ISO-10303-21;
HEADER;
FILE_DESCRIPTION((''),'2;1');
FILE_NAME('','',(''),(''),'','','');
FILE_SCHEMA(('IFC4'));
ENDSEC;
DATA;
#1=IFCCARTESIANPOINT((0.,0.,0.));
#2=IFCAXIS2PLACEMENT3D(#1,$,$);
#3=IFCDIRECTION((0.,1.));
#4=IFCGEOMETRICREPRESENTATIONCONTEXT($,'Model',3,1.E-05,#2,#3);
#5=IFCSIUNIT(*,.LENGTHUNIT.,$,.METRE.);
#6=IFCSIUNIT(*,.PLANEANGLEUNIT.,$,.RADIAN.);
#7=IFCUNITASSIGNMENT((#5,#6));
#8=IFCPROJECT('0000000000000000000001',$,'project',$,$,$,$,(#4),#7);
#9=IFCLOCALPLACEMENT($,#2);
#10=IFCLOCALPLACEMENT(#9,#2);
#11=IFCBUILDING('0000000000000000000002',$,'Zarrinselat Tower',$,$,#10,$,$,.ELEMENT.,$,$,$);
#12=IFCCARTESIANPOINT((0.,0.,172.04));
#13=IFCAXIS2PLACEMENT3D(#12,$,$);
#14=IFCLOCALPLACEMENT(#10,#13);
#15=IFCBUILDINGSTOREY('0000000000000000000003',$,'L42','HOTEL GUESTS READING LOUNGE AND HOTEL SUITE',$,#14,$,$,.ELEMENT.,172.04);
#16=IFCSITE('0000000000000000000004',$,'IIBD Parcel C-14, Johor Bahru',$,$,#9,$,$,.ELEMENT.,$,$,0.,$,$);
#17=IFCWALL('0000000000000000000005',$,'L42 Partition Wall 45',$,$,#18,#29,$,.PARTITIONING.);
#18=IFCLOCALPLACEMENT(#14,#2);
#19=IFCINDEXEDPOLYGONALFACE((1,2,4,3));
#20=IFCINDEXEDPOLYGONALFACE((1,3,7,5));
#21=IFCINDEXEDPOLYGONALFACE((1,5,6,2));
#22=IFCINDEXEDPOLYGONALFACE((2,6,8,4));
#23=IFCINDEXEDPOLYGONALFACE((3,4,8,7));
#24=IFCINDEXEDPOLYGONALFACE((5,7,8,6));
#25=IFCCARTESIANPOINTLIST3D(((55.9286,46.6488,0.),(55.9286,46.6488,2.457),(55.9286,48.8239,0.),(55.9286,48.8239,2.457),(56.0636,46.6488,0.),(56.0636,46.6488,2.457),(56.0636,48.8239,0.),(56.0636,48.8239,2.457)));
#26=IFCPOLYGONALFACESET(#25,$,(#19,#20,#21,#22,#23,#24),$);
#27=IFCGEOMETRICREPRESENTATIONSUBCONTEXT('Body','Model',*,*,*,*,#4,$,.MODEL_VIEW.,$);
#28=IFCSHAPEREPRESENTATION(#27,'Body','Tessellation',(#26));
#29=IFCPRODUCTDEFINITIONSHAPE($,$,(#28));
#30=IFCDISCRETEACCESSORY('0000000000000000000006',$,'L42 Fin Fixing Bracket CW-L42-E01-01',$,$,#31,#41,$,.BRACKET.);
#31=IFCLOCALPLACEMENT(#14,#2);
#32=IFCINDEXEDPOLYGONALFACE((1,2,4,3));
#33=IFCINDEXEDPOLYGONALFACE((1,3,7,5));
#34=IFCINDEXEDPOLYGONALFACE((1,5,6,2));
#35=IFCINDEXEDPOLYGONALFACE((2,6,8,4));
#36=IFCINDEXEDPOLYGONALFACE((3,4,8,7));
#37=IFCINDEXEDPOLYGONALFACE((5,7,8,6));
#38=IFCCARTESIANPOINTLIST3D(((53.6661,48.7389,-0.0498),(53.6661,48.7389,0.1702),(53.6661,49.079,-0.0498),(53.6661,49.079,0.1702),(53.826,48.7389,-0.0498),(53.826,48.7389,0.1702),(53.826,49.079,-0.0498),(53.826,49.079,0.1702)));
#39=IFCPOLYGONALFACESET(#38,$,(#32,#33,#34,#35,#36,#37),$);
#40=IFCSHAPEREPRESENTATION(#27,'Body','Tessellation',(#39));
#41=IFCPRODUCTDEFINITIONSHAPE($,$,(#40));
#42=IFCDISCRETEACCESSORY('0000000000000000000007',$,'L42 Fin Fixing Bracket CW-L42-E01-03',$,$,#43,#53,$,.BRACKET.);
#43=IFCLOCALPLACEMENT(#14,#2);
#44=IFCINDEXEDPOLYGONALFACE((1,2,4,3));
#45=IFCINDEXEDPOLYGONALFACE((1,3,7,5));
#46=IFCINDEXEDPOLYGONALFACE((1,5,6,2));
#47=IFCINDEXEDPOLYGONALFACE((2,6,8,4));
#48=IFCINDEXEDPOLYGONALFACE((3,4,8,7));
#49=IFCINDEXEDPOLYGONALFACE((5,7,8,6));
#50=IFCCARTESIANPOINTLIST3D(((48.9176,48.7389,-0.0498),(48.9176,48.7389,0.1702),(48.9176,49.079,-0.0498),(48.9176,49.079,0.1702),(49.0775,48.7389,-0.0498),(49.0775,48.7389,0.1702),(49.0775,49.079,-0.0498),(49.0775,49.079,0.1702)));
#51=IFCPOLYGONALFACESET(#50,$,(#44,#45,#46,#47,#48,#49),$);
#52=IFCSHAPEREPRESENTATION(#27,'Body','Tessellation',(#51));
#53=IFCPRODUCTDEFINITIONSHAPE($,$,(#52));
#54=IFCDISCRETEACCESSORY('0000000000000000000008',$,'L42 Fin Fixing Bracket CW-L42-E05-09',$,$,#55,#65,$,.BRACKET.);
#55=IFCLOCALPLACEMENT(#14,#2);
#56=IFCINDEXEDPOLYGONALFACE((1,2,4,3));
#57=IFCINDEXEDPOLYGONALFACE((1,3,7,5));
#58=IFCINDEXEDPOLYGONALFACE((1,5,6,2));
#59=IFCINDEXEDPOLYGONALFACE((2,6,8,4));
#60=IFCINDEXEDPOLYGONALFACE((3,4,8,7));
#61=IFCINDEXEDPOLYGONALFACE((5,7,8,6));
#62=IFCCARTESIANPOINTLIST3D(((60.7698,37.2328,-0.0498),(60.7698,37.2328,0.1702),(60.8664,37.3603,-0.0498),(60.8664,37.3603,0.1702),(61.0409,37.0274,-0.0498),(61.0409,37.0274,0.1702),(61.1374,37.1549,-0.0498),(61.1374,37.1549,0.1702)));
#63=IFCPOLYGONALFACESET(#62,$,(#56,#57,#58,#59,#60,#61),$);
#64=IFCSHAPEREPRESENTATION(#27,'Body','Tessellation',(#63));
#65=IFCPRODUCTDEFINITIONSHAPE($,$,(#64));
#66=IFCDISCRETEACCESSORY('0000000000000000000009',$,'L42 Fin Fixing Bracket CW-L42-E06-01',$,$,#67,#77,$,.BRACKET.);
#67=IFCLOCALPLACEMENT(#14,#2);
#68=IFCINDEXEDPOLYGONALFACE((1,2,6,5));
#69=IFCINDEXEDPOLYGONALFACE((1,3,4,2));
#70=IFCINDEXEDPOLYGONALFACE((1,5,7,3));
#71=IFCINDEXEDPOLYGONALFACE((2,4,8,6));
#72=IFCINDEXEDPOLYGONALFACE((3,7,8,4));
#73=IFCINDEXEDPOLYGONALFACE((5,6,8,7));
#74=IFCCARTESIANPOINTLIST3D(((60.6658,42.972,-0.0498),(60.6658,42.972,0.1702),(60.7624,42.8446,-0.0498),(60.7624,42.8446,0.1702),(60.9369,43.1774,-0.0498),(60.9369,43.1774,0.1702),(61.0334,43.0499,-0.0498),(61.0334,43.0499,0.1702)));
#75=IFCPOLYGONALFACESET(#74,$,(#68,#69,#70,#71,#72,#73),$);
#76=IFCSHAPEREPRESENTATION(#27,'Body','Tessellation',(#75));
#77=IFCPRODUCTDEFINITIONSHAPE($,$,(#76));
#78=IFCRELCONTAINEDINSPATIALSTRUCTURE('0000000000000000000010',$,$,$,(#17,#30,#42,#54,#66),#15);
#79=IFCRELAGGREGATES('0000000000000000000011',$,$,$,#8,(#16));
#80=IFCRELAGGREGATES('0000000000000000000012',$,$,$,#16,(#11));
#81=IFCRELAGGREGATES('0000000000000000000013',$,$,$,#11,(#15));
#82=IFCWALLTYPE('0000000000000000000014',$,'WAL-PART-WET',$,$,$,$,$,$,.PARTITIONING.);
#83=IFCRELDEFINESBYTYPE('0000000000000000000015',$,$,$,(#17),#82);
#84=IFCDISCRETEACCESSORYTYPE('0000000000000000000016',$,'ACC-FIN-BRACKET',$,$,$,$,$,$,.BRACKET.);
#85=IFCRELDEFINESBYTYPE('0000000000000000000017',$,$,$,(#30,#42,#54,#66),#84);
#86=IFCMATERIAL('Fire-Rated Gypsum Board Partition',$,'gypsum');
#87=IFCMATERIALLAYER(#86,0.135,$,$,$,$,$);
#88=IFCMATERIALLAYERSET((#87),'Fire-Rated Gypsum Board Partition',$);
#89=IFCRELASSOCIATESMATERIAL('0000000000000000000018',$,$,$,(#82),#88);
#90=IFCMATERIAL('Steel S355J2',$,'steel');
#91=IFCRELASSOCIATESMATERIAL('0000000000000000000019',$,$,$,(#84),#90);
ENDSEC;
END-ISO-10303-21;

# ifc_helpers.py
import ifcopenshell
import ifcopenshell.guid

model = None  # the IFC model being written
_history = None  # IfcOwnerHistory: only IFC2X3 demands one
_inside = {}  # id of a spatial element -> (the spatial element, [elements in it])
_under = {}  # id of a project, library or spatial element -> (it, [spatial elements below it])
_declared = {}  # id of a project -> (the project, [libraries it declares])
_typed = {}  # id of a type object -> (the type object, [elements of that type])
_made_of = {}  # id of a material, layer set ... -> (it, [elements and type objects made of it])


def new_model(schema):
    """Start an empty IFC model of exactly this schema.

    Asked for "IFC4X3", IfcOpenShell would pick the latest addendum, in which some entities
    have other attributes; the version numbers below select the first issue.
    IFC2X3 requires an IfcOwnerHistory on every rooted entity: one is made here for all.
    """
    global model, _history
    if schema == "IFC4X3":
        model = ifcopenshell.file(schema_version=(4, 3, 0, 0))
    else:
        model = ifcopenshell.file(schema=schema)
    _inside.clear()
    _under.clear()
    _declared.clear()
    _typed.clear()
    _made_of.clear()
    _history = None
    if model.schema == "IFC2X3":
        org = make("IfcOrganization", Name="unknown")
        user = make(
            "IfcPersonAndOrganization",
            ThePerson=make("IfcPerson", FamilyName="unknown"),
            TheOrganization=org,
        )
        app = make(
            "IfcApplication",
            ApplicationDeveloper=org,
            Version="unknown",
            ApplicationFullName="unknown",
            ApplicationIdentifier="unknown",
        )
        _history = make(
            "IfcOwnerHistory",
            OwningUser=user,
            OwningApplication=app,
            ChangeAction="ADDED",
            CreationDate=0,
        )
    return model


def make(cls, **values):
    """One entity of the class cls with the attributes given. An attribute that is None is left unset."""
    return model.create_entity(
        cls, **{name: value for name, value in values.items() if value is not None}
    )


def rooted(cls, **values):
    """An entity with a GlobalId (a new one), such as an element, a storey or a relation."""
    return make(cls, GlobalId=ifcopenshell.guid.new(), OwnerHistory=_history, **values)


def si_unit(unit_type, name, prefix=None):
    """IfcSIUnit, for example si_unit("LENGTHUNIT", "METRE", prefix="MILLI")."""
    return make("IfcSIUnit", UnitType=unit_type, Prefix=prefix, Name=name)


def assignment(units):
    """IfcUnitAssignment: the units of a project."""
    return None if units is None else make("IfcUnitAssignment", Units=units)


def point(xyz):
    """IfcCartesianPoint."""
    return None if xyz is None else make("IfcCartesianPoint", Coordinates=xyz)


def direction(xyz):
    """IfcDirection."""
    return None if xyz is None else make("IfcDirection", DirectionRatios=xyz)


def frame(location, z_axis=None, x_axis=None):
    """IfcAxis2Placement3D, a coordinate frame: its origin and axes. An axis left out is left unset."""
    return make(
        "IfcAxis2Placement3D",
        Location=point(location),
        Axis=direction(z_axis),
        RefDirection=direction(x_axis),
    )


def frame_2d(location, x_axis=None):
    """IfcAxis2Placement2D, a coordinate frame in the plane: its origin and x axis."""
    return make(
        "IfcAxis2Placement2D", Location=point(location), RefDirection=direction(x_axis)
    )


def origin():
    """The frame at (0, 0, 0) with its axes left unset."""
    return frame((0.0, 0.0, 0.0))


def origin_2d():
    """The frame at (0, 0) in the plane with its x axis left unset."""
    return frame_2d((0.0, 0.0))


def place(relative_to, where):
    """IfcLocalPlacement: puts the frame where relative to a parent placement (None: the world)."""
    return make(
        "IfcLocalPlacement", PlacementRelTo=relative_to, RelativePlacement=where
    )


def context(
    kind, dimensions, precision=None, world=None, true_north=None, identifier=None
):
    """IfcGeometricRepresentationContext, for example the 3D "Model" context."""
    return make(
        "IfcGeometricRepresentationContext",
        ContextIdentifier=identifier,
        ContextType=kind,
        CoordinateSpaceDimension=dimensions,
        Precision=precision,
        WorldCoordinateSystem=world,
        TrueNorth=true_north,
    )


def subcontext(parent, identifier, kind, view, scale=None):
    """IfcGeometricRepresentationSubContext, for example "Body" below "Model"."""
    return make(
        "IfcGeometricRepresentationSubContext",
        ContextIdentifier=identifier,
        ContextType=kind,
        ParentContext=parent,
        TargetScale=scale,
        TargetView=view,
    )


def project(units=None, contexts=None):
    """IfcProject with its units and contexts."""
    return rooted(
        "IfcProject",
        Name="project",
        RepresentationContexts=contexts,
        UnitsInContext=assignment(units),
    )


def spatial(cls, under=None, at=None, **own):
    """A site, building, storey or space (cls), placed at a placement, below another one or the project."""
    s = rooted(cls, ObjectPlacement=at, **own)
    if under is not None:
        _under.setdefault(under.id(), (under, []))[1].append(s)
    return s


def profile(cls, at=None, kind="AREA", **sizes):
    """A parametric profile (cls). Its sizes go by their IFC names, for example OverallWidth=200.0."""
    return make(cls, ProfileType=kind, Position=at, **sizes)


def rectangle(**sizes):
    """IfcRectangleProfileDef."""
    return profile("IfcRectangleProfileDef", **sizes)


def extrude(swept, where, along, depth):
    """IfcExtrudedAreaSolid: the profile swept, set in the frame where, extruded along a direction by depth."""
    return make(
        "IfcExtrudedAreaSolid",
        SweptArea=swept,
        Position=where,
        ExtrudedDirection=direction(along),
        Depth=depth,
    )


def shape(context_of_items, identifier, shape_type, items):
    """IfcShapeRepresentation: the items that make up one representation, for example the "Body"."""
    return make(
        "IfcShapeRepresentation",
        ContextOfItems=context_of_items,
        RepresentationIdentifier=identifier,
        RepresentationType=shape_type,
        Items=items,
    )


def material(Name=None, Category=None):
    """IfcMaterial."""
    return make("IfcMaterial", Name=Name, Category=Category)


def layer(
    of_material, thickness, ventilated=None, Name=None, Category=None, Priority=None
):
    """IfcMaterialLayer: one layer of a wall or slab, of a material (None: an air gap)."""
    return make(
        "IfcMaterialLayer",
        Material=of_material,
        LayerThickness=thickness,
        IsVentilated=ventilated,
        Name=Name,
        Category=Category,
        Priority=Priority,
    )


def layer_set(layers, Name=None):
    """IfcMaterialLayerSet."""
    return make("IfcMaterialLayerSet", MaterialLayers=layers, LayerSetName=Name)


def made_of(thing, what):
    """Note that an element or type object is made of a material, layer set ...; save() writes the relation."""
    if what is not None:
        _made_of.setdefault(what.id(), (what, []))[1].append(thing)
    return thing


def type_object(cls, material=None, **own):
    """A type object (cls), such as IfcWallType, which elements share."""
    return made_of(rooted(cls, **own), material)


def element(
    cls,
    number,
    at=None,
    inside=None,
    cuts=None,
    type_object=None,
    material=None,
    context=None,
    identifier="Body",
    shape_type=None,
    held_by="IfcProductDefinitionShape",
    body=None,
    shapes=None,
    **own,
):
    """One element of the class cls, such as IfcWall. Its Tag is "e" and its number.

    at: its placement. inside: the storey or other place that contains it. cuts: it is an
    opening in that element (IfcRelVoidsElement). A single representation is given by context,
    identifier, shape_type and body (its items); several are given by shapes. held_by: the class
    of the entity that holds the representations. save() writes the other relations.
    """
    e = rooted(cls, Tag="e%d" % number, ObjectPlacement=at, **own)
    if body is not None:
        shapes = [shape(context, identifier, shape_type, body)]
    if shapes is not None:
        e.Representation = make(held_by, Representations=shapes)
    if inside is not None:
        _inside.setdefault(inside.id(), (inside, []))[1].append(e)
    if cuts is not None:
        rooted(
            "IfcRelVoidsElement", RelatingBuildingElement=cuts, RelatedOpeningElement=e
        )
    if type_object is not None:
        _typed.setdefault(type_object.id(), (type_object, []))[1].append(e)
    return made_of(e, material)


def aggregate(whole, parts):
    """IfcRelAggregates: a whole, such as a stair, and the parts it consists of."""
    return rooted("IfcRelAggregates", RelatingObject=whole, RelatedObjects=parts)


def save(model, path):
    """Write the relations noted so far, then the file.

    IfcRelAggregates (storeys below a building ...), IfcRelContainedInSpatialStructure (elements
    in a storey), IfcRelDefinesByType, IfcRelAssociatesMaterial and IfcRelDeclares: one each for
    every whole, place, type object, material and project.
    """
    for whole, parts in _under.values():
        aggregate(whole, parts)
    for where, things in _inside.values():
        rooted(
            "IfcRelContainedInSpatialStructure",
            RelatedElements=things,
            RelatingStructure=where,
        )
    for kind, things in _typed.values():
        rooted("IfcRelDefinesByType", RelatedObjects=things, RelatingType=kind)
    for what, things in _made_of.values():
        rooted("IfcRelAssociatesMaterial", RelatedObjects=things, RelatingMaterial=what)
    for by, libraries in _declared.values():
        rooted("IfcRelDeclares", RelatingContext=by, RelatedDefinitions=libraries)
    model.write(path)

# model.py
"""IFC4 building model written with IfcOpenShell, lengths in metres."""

from ifc_helpers import new_model, si_unit, direction, frame, frame_2d, origin, origin_2d, place, context, subcontext, project, spatial, rectangle, extrude, material, layer, layer_set, type_object, element, save


model = new_model("IFC4")

# Units and contexts
model_context = context("Model", 3, precision=1e-05, world=origin(), true_north=direction((0.0, 1.0)))
body_context = subcontext(model_context, "Body", "Model", "MODEL_VIEW")
ifc_project = project(units=[si_unit("LENGTHUNIT", "METRE"), si_unit("PLANEANGLEUNIT", "RADIAN")], contexts=[model_context])

# Site, building, storey
site_placement = place(None, origin())
site = spatial("IfcSite", under=ifc_project, at=site_placement, Name="IIBD Parcel C-14, Johor Bahru", CompositionType="ELEMENT", RefElevation=0.0)
building_placement = place(site_placement, origin())
building = spatial("IfcBuilding", under=site, at=building_placement, Name="Zarrinselat Tower", CompositionType="ELEMENT")
storey_placement = place(building_placement, frame((0.0, 0.0, 172.04)))
storey = spatial("IfcBuildingStorey", under=building, at=storey_placement, Name="L42", Description="HOTEL GUESTS READING LOUNGE AND HOTEL SUITE", CompositionType="ELEMENT", Elevation=172.04)

# Shared definitions
ifc_material_1 = material(Name="Fire-Rated Gypsum Board Partition", Category="gypsum")
ifc_layer_1 = layer(ifc_material_1, 0.135)
ifc_layer_set_1 = layer_set([ifc_layer_1], Name="Fire-Rated Gypsum Board Partition")
wall_type_1 = type_object("IfcWallType", Name="WAL-PART-WET", PredefinedType="PARTITIONING", material=ifc_layer_set_1)

# Wall
wall_1_placement = place(storey_placement, frame((55.9961, 46.6489, 0.0), z_axis=(0.0, 0.0, 1.0), x_axis=(0.0, 1.0, 0.0)))
element("IfcWall", 1, at=wall_1_placement, inside=storey, type_object=wall_type_1, Name="L42 Partition Wall 45", PredefinedType="PARTITIONING", context=body_context, shape_type="SweptSolid", body=[
    extrude(rectangle(XDim=2.175, YDim=0.135, at=frame_2d((1.0874, 0.0))), origin(), (0.0, 0.0, 1.0), 2.457),
])

# Discrete accessories
ifc_material_2 = material(Name="Steel S355J2", Category="steel")
discrete_accessory_type = type_object("IfcDiscreteAccessoryType", Name="ACC-FIN-BRACKET", PredefinedType="BRACKET", material=ifc_material_2)
for number, where, z_axis, x_axis, name in (
    (2, (53.7461, 48.9089, -0.0498), (0.0, 0.0, 1.0), (0.0, 1.0, 0.0), "L42 Fin Fixing Bracket CW-L42-E01-01"),
    (3, (48.9976, 48.9089, -0.0498), (0.0, 0.0, 1.0), (0.0, 1.0, 0.0), "L42 Fin Fixing Bracket CW-L42-E01-03"),
    (4, (60.9536, 37.1938, -0.0498), (0.0, 0.0, 1.0), (0.797091, -0.603859, 0.0), "L42 Fin Fixing Bracket CW-L42-E05-09"),
    (5, (60.8496, 43.011, -0.0498), (0.0, 0.0, 1.0), (0.797092, 0.603857, 0.0), "L42 Fin Fixing Bracket CW-L42-E06-01"),
):
    element("IfcDiscreteAccessory", number, at=place(storey_placement, frame(where, z_axis=z_axis, x_axis=x_axis)), inside=storey, type_object=discrete_accessory_type, Name=name, PredefinedType="BRACKET", context=body_context, shape_type="SweptSolid", body=[
        extrude(rectangle(XDim=0.3401, YDim=0.1599, at=origin_2d()), origin(), (0.0, 0.0, 1.0), 0.22),
    ])

save(model, "model.ifc")
